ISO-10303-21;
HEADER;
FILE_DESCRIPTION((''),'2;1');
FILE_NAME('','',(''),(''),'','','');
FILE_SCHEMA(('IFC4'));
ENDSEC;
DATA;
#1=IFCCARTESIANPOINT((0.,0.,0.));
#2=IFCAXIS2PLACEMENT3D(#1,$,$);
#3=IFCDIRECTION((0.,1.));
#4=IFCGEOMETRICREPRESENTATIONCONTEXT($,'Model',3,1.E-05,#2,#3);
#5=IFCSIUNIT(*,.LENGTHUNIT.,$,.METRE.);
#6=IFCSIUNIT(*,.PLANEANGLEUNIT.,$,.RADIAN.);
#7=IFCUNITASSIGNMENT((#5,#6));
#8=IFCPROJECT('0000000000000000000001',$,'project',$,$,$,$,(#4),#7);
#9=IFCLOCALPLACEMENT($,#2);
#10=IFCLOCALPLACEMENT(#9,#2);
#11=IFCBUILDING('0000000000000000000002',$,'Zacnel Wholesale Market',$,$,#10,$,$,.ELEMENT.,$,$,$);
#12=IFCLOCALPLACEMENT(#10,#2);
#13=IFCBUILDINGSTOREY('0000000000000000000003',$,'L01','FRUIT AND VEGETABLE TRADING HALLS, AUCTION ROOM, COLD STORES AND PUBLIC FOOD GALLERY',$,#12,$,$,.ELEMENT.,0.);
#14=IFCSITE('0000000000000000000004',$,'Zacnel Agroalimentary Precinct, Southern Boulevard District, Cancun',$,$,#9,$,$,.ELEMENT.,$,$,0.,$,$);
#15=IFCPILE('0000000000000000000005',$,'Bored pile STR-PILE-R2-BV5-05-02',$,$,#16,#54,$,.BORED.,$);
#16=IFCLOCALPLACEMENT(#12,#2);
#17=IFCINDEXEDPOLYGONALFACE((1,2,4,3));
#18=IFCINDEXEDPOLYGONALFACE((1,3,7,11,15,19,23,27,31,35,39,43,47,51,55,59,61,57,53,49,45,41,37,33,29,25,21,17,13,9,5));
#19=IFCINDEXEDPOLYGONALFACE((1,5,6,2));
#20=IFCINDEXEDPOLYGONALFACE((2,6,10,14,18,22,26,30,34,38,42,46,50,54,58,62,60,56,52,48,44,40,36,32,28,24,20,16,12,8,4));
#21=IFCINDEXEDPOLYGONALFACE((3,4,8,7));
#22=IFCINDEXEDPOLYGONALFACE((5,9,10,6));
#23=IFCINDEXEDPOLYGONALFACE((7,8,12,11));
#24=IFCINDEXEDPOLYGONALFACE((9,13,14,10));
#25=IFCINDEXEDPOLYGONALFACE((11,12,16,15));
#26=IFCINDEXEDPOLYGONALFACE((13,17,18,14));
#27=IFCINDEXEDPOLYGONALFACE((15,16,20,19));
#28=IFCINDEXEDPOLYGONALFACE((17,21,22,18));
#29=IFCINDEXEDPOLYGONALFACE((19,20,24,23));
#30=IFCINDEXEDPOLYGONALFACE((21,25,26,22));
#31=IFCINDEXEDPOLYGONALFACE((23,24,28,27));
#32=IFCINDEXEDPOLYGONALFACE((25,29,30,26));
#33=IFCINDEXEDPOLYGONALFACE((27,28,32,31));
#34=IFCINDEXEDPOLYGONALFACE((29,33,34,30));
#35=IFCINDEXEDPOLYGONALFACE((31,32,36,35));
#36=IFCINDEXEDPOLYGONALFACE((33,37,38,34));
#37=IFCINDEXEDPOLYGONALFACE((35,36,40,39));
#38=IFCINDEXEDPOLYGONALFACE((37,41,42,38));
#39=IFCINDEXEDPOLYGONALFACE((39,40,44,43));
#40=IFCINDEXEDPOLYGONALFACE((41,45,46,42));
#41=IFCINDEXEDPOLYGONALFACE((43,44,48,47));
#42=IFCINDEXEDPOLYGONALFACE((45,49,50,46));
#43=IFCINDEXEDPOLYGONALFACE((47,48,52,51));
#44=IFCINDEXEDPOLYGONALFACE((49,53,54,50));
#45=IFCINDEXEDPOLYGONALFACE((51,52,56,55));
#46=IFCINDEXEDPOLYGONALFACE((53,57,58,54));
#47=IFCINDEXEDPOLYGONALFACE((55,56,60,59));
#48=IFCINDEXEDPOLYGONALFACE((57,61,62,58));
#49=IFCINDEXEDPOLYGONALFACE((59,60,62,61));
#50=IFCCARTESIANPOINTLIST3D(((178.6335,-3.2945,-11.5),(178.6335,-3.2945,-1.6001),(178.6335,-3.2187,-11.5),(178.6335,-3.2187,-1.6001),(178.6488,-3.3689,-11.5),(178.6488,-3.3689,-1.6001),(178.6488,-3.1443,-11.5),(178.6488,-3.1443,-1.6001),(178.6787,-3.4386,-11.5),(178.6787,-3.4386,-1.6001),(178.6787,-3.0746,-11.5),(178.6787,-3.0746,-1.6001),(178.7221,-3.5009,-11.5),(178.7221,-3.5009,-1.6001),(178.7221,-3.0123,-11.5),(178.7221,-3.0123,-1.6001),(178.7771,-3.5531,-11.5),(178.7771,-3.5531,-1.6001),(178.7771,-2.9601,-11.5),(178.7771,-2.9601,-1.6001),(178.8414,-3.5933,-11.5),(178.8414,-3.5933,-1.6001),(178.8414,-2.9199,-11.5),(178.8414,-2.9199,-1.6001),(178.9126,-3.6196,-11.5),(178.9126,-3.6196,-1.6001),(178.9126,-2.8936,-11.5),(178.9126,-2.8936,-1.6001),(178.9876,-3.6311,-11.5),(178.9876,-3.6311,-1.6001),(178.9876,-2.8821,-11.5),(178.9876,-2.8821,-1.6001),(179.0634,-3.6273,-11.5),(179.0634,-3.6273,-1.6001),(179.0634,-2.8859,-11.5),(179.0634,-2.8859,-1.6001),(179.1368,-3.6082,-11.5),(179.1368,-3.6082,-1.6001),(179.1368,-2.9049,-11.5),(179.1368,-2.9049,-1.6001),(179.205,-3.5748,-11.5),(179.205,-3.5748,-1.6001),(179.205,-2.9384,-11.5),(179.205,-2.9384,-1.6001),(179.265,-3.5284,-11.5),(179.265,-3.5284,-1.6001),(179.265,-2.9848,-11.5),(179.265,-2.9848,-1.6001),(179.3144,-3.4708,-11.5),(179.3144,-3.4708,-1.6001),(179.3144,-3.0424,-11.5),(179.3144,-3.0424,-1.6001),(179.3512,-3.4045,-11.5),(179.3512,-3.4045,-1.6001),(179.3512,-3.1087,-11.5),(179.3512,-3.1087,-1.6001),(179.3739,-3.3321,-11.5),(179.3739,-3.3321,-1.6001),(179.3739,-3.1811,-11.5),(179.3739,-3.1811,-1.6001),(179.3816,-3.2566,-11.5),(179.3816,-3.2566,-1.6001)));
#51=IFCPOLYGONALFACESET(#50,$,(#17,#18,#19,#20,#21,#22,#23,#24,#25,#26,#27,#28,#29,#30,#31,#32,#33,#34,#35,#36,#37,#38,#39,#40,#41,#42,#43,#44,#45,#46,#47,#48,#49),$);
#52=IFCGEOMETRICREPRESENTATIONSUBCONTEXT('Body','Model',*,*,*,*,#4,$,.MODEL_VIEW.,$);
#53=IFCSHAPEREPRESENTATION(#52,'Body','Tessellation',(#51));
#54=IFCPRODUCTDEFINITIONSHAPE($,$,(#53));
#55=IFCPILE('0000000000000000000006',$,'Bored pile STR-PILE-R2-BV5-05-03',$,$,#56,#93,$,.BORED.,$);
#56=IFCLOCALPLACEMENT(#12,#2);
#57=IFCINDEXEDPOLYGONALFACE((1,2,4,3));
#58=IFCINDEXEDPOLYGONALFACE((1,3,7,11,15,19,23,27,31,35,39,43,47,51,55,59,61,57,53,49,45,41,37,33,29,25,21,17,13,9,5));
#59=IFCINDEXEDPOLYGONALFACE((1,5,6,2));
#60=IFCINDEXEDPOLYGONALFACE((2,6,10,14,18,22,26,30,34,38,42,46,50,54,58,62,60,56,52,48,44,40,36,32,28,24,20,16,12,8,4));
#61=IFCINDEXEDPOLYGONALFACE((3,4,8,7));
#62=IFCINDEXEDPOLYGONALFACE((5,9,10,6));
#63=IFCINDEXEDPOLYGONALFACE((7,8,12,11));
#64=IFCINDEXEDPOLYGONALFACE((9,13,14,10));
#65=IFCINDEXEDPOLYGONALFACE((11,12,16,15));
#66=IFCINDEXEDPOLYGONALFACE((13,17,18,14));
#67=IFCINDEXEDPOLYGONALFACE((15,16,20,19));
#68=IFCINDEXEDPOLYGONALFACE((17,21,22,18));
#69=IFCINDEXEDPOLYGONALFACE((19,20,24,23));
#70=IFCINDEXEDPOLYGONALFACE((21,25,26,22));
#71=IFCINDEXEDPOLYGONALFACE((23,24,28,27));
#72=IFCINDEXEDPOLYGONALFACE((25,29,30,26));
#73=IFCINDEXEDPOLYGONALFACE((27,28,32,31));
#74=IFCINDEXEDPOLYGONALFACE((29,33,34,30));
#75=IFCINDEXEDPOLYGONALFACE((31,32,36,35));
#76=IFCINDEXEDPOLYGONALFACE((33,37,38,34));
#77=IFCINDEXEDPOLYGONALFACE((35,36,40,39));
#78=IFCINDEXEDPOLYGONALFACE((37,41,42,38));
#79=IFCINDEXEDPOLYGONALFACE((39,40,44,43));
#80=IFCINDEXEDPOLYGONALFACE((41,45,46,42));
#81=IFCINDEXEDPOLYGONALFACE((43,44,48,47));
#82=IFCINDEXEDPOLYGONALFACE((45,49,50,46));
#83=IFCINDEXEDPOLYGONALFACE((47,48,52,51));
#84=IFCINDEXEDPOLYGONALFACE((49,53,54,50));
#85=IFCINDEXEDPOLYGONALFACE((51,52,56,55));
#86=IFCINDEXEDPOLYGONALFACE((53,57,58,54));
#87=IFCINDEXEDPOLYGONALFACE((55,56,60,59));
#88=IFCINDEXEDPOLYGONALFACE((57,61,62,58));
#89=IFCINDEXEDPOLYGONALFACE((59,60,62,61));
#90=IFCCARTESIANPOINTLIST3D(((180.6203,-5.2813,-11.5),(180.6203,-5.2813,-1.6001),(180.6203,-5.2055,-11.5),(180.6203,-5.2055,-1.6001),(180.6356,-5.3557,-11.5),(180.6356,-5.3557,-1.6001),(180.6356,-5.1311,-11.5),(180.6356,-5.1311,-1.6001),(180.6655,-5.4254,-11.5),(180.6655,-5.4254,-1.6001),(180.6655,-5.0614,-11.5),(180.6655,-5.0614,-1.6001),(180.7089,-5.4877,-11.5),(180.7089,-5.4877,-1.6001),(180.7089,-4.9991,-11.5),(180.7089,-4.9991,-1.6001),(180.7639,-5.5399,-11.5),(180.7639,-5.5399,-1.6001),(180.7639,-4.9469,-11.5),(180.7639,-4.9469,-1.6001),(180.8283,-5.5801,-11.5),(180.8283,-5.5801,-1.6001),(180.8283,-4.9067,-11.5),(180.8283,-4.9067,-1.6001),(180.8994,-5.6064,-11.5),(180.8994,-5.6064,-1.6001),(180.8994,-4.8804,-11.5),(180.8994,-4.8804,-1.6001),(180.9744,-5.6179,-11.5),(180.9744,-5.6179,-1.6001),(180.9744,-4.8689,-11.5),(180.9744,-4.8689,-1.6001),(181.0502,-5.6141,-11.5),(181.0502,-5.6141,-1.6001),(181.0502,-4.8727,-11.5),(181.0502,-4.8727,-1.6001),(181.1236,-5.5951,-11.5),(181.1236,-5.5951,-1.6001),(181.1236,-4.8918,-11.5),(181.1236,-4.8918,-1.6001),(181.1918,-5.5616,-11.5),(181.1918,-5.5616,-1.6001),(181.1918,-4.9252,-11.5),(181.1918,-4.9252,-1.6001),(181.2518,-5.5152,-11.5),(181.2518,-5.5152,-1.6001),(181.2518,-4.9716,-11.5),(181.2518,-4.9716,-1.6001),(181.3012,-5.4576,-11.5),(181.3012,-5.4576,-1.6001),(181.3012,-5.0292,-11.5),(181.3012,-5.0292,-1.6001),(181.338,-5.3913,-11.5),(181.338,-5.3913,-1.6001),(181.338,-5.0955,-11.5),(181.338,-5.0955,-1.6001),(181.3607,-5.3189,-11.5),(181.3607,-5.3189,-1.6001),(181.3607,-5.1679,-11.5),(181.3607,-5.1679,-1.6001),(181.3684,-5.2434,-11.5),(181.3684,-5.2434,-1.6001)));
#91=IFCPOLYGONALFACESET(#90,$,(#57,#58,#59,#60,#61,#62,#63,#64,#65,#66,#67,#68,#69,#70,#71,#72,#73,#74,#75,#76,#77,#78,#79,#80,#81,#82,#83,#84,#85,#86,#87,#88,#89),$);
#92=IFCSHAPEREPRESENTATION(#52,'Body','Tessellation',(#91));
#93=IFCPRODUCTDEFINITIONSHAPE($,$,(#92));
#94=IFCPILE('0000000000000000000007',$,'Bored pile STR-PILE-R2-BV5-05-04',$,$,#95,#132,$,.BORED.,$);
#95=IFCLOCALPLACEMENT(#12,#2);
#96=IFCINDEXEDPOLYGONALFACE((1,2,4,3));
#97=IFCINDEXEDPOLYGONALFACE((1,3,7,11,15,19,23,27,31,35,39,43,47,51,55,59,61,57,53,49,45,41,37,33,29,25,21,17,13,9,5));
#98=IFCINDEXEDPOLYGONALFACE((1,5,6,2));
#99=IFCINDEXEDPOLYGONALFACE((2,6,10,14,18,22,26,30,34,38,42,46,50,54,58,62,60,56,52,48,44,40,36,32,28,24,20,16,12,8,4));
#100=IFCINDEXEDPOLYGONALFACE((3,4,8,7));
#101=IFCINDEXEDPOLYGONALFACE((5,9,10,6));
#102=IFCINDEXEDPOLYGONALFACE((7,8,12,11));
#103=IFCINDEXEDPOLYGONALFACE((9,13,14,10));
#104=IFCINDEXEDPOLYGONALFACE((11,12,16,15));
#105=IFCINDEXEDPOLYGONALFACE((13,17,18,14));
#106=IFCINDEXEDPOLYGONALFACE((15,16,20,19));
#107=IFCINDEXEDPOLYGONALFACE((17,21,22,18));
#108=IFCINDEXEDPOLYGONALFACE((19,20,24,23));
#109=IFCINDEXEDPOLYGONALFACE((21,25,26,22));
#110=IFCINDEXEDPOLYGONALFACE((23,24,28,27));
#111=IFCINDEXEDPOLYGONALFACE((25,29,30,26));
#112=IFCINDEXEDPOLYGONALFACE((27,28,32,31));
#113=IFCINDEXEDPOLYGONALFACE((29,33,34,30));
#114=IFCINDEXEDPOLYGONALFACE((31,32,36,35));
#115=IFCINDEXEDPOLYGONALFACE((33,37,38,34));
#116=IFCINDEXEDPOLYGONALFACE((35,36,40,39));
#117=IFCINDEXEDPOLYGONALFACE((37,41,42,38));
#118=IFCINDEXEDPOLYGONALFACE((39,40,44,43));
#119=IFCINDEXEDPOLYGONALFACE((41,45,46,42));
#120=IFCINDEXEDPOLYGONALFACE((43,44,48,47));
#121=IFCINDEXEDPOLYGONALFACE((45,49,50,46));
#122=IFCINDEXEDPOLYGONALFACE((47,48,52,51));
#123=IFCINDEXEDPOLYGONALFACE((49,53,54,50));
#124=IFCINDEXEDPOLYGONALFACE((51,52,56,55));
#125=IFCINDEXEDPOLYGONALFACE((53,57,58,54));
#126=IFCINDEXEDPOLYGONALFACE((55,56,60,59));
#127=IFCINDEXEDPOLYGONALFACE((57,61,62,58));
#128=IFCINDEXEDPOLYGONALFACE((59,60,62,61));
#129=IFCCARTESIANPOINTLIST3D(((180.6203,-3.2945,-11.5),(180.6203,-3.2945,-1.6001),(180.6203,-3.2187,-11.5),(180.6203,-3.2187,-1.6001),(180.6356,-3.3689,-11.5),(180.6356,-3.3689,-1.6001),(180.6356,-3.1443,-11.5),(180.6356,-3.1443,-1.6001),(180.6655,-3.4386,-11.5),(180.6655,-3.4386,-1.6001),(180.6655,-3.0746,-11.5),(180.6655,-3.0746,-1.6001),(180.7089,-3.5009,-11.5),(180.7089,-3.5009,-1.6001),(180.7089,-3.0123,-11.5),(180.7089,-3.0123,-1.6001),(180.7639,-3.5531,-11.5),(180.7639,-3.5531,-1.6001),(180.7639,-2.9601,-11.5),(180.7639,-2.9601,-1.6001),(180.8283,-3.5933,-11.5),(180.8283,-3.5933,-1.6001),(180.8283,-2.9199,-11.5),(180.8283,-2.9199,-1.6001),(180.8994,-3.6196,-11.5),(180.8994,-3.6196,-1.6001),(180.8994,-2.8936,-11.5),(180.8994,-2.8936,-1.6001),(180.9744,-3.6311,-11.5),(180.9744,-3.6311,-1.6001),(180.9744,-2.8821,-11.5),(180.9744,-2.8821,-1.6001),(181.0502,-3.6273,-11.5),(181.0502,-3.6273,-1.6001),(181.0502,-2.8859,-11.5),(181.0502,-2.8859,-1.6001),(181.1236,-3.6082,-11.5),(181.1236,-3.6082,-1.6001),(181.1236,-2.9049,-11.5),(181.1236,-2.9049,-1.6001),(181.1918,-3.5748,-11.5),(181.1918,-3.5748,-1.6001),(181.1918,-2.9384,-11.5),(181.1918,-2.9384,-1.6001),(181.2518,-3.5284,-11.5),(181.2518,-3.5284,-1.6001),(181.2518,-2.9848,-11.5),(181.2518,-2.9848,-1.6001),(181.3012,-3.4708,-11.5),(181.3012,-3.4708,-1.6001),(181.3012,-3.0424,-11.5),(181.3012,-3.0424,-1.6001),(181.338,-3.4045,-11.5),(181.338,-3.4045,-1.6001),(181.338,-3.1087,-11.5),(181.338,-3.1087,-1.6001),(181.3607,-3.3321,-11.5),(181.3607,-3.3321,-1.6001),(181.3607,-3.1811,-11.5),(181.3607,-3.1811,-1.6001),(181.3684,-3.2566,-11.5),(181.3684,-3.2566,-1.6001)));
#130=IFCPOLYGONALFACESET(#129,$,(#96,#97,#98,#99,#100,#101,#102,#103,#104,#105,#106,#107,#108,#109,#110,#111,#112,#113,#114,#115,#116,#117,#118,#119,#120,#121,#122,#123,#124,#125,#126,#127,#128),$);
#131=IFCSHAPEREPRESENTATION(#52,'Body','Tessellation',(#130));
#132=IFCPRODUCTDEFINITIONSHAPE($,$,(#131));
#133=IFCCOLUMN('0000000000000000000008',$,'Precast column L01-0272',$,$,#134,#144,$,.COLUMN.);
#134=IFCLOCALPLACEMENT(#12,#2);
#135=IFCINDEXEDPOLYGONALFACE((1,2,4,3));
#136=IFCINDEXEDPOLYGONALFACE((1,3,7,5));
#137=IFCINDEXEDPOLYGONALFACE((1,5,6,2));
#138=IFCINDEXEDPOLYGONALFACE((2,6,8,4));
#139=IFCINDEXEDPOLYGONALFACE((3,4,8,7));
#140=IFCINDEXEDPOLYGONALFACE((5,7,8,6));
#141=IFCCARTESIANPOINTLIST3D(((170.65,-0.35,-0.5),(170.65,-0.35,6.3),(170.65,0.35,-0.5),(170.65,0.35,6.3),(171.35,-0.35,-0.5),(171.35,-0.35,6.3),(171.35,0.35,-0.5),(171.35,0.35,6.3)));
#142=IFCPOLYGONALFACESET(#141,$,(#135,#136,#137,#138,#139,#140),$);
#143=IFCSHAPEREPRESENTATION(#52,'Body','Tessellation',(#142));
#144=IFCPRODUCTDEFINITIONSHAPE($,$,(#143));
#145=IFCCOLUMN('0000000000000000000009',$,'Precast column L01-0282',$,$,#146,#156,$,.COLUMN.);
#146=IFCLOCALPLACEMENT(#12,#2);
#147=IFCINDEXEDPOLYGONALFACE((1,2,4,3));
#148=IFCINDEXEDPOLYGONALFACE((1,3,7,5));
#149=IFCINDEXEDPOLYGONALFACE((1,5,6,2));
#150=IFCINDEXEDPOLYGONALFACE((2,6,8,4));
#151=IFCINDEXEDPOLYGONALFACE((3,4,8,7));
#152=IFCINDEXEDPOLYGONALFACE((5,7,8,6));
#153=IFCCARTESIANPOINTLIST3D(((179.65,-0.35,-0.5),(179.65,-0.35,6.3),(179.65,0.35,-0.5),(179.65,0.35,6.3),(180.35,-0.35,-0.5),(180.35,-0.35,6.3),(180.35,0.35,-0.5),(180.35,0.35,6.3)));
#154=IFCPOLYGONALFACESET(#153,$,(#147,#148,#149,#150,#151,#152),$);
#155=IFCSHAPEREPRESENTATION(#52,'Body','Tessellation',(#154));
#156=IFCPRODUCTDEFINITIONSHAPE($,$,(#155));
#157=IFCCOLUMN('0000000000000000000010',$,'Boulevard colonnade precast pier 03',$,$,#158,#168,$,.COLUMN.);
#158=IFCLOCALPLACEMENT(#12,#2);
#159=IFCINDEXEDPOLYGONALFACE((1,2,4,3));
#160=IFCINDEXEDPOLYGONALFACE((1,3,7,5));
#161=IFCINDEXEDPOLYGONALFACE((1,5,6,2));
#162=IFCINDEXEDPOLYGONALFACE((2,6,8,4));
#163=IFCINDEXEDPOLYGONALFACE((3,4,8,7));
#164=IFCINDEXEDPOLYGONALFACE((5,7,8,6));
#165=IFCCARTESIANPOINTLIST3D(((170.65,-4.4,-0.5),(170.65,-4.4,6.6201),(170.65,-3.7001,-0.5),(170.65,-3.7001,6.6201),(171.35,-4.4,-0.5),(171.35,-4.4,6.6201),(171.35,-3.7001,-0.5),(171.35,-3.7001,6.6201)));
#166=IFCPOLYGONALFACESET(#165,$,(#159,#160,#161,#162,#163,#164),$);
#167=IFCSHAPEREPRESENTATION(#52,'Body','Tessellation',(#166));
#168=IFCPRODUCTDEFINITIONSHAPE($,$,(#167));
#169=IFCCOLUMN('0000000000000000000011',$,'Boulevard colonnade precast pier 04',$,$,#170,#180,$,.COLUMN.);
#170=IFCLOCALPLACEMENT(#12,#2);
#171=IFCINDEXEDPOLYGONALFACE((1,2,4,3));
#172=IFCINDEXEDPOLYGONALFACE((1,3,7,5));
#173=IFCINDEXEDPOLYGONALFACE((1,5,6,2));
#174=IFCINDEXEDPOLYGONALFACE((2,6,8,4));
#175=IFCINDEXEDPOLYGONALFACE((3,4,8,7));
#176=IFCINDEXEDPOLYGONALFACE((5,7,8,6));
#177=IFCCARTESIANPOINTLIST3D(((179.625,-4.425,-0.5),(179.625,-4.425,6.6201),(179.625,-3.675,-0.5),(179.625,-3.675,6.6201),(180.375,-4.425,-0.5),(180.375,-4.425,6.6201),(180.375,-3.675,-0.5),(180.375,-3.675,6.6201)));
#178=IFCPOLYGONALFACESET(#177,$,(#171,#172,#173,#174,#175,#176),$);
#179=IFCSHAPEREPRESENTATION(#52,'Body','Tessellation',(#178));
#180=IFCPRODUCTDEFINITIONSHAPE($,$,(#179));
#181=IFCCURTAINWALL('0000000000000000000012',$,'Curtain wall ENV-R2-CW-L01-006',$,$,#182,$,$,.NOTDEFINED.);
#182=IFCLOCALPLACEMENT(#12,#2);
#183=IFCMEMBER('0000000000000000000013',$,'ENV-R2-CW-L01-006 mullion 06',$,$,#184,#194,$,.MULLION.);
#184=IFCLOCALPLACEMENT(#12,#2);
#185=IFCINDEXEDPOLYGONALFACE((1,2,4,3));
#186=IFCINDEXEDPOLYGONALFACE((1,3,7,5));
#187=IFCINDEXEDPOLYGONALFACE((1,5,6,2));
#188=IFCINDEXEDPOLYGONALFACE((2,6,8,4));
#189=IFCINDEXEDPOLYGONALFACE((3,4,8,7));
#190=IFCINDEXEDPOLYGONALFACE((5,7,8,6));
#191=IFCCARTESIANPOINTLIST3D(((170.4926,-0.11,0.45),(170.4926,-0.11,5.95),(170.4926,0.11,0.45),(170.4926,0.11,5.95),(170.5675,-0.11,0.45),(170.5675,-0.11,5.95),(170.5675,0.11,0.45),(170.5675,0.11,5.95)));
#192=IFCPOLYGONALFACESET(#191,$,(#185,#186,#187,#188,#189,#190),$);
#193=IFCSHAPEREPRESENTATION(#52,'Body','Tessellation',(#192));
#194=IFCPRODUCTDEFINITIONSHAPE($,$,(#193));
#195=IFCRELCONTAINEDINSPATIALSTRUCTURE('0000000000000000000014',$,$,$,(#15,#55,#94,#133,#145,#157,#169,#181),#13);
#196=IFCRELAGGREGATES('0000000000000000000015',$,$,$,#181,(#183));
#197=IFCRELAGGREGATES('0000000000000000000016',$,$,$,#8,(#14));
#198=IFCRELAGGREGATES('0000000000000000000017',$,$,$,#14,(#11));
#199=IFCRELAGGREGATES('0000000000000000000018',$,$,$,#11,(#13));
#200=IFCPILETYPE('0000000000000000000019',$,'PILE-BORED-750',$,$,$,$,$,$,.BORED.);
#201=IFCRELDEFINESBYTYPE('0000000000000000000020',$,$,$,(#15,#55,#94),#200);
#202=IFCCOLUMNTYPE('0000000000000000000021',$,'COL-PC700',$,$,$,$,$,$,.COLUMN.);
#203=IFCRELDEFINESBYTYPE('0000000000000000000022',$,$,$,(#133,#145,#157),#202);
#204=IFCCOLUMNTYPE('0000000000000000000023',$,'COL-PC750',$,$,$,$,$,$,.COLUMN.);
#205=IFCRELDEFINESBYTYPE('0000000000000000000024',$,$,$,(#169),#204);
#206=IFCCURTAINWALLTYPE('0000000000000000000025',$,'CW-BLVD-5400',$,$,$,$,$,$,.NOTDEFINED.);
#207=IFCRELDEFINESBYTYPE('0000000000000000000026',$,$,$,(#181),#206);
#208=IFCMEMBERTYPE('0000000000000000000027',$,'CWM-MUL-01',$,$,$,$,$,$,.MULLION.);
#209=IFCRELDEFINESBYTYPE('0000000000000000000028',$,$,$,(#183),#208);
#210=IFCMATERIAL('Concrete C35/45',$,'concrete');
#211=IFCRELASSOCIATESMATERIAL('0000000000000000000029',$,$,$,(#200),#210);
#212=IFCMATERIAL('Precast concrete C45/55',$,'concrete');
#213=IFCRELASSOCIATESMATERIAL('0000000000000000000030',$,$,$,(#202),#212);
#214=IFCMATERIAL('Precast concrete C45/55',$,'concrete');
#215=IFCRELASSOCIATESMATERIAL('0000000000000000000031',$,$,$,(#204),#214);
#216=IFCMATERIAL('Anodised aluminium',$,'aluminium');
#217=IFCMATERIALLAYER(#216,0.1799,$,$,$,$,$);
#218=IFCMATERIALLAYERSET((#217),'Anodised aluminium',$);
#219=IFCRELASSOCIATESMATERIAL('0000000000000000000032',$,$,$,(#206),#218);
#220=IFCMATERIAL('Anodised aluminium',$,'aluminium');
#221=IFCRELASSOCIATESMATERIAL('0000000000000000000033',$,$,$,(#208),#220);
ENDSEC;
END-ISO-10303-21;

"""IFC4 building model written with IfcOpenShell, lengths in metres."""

from ifc_helpers import new_model, si_unit, direction, frame, origin, origin_2d, place, context, subcontext, project, spatial, rectangle, circle, extrude, material, layer, layer_set, material_profile, profile_set, type_object, element, aggregate, save


model = new_model("IFC4")

# Units and contexts
model_context = context("Model", 3, precision=1e-05, world=origin(), true_north=direction((0.0, 1.0)))
body_context = subcontext(model_context, "Body", "Model", "MODEL_VIEW")
ifc_project = project(units=[si_unit("LENGTHUNIT", "METRE"), si_unit("PLANEANGLEUNIT", "RADIAN")], contexts=[model_context])

# Site, building, storey
site_placement = place(None, origin())
site = spatial("IfcSite", under=ifc_project, at=site_placement, Name="Zacnel Agroalimentary Precinct, Southern Boulevard District, Cancun", CompositionType="ELEMENT", RefElevation=0.0)
building_placement = place(site_placement, origin())
building = spatial("IfcBuilding", under=site, at=building_placement, Name="Zacnel Wholesale Market", CompositionType="ELEMENT")
storey_placement = place(building_placement, origin())
storey = spatial("IfcBuildingStorey", under=building, at=storey_placement, Name="L01", Description="FRUIT AND VEGETABLE TRADING HALLS, AUCTION ROOM, COLD STORES AND PUBLIC FOOD GALLERY", CompositionType="ELEMENT", Elevation=0.0)

# Piles
ifc_material_1 = material(Name="Concrete C35/45", Category="concrete")
ifc_material_profile_1 = material_profile(ifc_material_1, circle(Radius=0.375, at=origin_2d()), Name="BORED PILE D750")
ifc_profile_set_1 = profile_set([ifc_material_profile_1], Name="Concrete C35/45")
pile_type_1 = type_object("IfcPileType", Name="PILE-BORED-750", PredefinedType="BORED", material=ifc_profile_set_1)
for number, where, z_axis, x_axis, name in (
    (1, (179.0066, -3.2566, -1.6001), (0.0, 0.0, -1.0), (1.0, 0.0, 0.0), "Bored pile STR-PILE-R2-BV5-05-02"),
    (2, (180.9934, -5.2434, -1.6001), (0.0, 0.0, -1.0), (1.0, 0.0, 0.0), "Bored pile STR-PILE-R2-BV5-05-03"),
    (3, (180.9934, -3.2566, -1.6001), (0.0, 0.0, -1.0), (1.0, 0.0, 0.0), "Bored pile STR-PILE-R2-BV5-05-04"),
):
    element("IfcPile", number, at=place(storey_placement, frame(where, z_axis=z_axis, x_axis=x_axis)), inside=storey, type_object=pile_type_1, Name=name, PredefinedType="BORED", context=body_context, shape_type="SweptSolid", body=[
        extrude(circle(Radius=0.375, at=origin_2d()), origin(), (0.0, 0.0, 1.0), 9.8999),
    ])

# Columns
ifc_material_2 = material(Name="Precast concrete C45/55", Category="concrete")
ifc_material_profile_2 = material_profile(ifc_material_2, rectangle(XDim=0.7, YDim=0.7, at=origin_2d()), Name="PC 700x700")
ifc_profile_set_2 = profile_set([ifc_material_profile_2], Name="Precast concrete C45/55")
column_type_1 = type_object("IfcColumnType", Name="COL-PC700", PredefinedType="COLUMN", material=ifc_profile_set_2)
for number, where, z_axis, x_axis, name in (
    (4, (171.0, 0.0, -0.5), (0.0, 0.0, 1.0), (1.0, 0.0, 0.0), "Precast column L01-0272"),
    (5, (180.0, 0.0, -0.5), (0.0, 0.0, 1.0), (1.0, 0.0, 0.0), "Precast column L01-0282"),
):
    element("IfcColumn", number, at=place(storey_placement, frame(where, z_axis=z_axis, x_axis=x_axis)), inside=storey, type_object=column_type_1, Name=name, PredefinedType="COLUMN", context=body_context, shape_type="SweptSolid", body=[
        extrude(rectangle(XDim=0.7, YDim=0.7, at=origin_2d()), origin(), (0.0, 0.0, 1.0), 6.8),
    ])
column_1_placement = place(storey_placement, frame((171.0, -4.05, -0.5), z_axis=(0.0, 0.0, 1.0), x_axis=(1.0, 0.0, 0.0)))
element("IfcColumn", 6, at=column_1_placement, inside=storey, type_object=column_type_1, Name="Boulevard colonnade precast pier 03", PredefinedType="COLUMN", context=body_context, shape_type="SweptSolid", body=[
    extrude(rectangle(XDim=0.7, YDim=0.7, at=origin_2d()), origin(), (0.0, 0.0, 1.0), 7.1201),
])
ifc_material_3 = material(Name="Precast concrete C45/55", Category="concrete")
ifc_material_profile_3 = material_profile(ifc_material_3, rectangle(XDim=0.75, YDim=0.75, at=origin_2d()), Name="PC 750x750")
ifc_profile_set_3 = profile_set([ifc_material_profile_3], Name="Precast concrete C45/55")
column_type_2 = type_object("IfcColumnType", Name="COL-PC750", PredefinedType="COLUMN", material=ifc_profile_set_3)
column_2_placement = place(storey_placement, frame((180.0, -4.05, -0.5), z_axis=(0.0, 0.0, 1.0), x_axis=(1.0, 0.0, 0.0)))
element("IfcColumn", 7, at=column_2_placement, inside=storey, type_object=column_type_2, Name="Boulevard colonnade precast pier 04", PredefinedType="COLUMN", context=body_context, shape_type="SweptSolid", body=[
    extrude(rectangle(XDim=0.75, YDim=0.75, at=origin_2d()), origin(), (0.0, 0.0, 1.0), 7.1201),
])

# Curtain wall, member
ifc_material_4 = material(Name="Anodised aluminium", Category="aluminium")
ifc_layer_1 = layer(ifc_material_4, 0.1799)
ifc_layer_set_1 = layer_set([ifc_layer_1], Name="Anodised aluminium")
curtain_wall_type = type_object("IfcCurtainWallType", Name="CW-BLVD-5400", PredefinedType="NOTDEFINED", material=ifc_layer_set_1)
curtain_wall_1_placement = place(storey_placement, origin())
curtain_wall_1 = element("IfcCurtainWall", 8, at=curtain_wall_1_placement, inside=storey, type_object=curtain_wall_type, Name="Curtain wall ENV-R2-CW-L01-006", PredefinedType="NOTDEFINED")
ifc_material_5 = material(Name="Anodised aluminium", Category="aluminium")
ifc_material_profile_4 = material_profile(ifc_material_5, rectangle(XDim=0.075, YDim=0.22, at=origin_2d()), Name="AW-MULLION 75x220")
ifc_profile_set_4 = profile_set([ifc_material_profile_4], Name="Anodised aluminium")
member_type_1 = type_object("IfcMemberType", Name="CWM-MUL-01", PredefinedType="MULLION", material=ifc_profile_set_4)
member_1_placement = place(storey_placement, frame((170.53, 0.0, 0.45), z_axis=(0.0, 0.0, 1.0), x_axis=(1.0, 0.0, 0.0)))
member_1 = element("IfcMember", 9, at=member_1_placement, type_object=member_type_1, Name="ENV-R2-CW-L01-006 mullion 06", PredefinedType="MULLION", context=body_context, shape_type="SweptSolid", body=[
    extrude(rectangle(XDim=0.075, YDim=0.22, at=origin_2d()), origin(), (0.0, 0.0, 1.0), 5.5),
])

aggregate(curtain_wall_1, [member_1])

save(model, "model.ifc")
